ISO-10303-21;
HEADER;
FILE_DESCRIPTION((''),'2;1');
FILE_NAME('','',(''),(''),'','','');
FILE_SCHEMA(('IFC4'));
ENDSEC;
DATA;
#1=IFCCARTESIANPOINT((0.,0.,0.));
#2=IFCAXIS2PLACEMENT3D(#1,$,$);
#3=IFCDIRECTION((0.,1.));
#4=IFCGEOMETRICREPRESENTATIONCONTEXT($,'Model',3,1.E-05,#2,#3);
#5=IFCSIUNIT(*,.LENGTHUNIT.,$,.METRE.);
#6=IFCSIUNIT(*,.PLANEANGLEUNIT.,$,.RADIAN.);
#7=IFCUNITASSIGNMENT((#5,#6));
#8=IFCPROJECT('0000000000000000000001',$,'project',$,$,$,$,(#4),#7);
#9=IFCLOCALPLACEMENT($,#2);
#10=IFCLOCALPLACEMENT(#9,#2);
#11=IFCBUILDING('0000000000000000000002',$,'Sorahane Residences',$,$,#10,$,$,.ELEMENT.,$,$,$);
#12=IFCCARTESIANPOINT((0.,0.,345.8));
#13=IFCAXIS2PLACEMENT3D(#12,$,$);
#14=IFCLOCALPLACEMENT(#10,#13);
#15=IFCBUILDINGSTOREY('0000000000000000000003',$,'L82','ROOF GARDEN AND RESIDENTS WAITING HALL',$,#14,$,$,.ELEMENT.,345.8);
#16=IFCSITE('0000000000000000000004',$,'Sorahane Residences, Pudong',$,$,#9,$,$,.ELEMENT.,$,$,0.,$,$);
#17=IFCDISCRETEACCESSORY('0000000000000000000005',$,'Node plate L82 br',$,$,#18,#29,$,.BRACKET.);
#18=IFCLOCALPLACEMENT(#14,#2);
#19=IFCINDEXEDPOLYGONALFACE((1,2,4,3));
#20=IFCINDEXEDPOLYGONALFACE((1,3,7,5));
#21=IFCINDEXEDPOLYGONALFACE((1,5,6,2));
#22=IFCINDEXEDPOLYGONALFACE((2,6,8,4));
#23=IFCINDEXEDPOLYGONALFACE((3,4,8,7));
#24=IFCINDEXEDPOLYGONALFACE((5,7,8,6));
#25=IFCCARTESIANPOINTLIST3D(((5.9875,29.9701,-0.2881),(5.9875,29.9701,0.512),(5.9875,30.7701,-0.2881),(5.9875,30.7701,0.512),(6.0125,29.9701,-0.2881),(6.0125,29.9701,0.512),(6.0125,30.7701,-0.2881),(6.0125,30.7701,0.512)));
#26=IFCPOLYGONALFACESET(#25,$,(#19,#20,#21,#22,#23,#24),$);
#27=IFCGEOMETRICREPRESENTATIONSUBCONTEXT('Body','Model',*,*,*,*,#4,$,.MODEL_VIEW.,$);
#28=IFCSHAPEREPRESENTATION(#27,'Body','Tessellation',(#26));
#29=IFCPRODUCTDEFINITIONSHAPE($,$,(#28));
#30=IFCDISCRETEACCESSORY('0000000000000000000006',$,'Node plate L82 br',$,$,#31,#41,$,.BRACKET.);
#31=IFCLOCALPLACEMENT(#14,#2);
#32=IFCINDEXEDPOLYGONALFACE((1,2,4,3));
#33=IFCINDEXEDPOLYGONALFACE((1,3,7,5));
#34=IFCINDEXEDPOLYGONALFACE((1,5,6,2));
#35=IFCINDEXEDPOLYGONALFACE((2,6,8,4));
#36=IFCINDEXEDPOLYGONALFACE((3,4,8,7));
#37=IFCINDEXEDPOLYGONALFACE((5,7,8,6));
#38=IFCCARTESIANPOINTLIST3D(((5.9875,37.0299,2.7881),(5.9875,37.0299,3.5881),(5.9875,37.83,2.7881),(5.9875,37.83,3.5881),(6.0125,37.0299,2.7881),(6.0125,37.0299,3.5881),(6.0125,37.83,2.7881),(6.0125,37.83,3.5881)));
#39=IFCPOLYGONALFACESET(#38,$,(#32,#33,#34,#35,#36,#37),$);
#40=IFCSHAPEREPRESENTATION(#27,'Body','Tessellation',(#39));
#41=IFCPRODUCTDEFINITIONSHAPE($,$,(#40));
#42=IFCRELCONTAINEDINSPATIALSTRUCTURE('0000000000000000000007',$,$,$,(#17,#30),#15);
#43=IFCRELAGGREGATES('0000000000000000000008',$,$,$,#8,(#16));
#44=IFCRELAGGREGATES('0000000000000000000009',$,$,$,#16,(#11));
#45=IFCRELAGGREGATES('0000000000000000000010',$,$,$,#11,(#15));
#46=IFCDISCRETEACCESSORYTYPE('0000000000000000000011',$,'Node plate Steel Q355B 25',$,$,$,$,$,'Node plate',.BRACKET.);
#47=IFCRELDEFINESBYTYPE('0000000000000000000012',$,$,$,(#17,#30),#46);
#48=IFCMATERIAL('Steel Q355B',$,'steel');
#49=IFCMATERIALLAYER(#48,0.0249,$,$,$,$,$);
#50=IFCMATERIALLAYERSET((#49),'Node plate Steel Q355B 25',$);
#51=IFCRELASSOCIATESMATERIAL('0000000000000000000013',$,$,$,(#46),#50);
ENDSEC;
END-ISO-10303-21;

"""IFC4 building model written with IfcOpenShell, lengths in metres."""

from ifc_helpers import new_model, si_unit, direction, frame, origin, origin_2d, place, context, subcontext, project, spatial, rectangle, extrude, material, layer, layer_set, type_object, element, save


model = new_model("IFC4")

# Units and contexts
model_context = context("Model", 3, precision=1e-05, world=origin(), true_north=direction((0.0, 1.0)))
body_context = subcontext(model_context, "Body", "Model", "MODEL_VIEW")
ifc_project = project(units=[si_unit("LENGTHUNIT", "METRE"), si_unit("PLANEANGLEUNIT", "RADIAN")], contexts=[model_context])

# Site, building, storey
site_placement = place(None, origin())
site = spatial("IfcSite", under=ifc_project, at=site_placement, Name="Sorahane Residences, Pudong", CompositionType="ELEMENT", RefElevation=0.0)
building_placement = place(site_placement, origin())
building = spatial("IfcBuilding", under=site, at=building_placement, Name="Sorahane Residences", CompositionType="ELEMENT")
storey_placement = place(building_placement, frame((0.0, 0.0, 345.8)))
storey = spatial("IfcBuildingStorey", under=building, at=storey_placement, Name="L82", Description="ROOF GARDEN AND RESIDENTS WAITING HALL", CompositionType="ELEMENT", Elevation=345.8)

# Discrete accessories
ifc_material_1 = material(Name="Steel Q355B", Category="steel")
ifc_layer_1 = layer(ifc_material_1, 0.0249)
ifc_layer_set_1 = layer_set([ifc_layer_1], Name="Node plate Steel Q355B 25")
discrete_accessory_type = type_object("IfcDiscreteAccessoryType", Name="Node plate Steel Q355B 25", ElementType="Node plate", PredefinedType="BRACKET", material=ifc_layer_set_1)
for number, where, z_axis, x_axis, name in (
    (1, (6.0, 30.3701, -0.2881), (0.0, 0.0, 1.0), (0.0, 1.0, 0.0), "Node plate L82 br"),
    (2, (6.0, 37.4299, 2.7881), (0.0, 0.0, 1.0), (0.0, 1.0, 0.0), "Node plate L82 br"),
):
    element("IfcDiscreteAccessory", number, at=place(storey_placement, frame(where, z_axis=z_axis, x_axis=x_axis)), inside=storey, type_object=discrete_accessory_type, Name=name, PredefinedType="BRACKET", context=body_context, shape_type="SweptSolid", body=[
        extrude(rectangle(XDim=0.8, YDim=0.0249, at=origin_2d()), origin(), (0.0, 0.0, 1.0), 0.8),
    ])

save(model, "model.ifc")
